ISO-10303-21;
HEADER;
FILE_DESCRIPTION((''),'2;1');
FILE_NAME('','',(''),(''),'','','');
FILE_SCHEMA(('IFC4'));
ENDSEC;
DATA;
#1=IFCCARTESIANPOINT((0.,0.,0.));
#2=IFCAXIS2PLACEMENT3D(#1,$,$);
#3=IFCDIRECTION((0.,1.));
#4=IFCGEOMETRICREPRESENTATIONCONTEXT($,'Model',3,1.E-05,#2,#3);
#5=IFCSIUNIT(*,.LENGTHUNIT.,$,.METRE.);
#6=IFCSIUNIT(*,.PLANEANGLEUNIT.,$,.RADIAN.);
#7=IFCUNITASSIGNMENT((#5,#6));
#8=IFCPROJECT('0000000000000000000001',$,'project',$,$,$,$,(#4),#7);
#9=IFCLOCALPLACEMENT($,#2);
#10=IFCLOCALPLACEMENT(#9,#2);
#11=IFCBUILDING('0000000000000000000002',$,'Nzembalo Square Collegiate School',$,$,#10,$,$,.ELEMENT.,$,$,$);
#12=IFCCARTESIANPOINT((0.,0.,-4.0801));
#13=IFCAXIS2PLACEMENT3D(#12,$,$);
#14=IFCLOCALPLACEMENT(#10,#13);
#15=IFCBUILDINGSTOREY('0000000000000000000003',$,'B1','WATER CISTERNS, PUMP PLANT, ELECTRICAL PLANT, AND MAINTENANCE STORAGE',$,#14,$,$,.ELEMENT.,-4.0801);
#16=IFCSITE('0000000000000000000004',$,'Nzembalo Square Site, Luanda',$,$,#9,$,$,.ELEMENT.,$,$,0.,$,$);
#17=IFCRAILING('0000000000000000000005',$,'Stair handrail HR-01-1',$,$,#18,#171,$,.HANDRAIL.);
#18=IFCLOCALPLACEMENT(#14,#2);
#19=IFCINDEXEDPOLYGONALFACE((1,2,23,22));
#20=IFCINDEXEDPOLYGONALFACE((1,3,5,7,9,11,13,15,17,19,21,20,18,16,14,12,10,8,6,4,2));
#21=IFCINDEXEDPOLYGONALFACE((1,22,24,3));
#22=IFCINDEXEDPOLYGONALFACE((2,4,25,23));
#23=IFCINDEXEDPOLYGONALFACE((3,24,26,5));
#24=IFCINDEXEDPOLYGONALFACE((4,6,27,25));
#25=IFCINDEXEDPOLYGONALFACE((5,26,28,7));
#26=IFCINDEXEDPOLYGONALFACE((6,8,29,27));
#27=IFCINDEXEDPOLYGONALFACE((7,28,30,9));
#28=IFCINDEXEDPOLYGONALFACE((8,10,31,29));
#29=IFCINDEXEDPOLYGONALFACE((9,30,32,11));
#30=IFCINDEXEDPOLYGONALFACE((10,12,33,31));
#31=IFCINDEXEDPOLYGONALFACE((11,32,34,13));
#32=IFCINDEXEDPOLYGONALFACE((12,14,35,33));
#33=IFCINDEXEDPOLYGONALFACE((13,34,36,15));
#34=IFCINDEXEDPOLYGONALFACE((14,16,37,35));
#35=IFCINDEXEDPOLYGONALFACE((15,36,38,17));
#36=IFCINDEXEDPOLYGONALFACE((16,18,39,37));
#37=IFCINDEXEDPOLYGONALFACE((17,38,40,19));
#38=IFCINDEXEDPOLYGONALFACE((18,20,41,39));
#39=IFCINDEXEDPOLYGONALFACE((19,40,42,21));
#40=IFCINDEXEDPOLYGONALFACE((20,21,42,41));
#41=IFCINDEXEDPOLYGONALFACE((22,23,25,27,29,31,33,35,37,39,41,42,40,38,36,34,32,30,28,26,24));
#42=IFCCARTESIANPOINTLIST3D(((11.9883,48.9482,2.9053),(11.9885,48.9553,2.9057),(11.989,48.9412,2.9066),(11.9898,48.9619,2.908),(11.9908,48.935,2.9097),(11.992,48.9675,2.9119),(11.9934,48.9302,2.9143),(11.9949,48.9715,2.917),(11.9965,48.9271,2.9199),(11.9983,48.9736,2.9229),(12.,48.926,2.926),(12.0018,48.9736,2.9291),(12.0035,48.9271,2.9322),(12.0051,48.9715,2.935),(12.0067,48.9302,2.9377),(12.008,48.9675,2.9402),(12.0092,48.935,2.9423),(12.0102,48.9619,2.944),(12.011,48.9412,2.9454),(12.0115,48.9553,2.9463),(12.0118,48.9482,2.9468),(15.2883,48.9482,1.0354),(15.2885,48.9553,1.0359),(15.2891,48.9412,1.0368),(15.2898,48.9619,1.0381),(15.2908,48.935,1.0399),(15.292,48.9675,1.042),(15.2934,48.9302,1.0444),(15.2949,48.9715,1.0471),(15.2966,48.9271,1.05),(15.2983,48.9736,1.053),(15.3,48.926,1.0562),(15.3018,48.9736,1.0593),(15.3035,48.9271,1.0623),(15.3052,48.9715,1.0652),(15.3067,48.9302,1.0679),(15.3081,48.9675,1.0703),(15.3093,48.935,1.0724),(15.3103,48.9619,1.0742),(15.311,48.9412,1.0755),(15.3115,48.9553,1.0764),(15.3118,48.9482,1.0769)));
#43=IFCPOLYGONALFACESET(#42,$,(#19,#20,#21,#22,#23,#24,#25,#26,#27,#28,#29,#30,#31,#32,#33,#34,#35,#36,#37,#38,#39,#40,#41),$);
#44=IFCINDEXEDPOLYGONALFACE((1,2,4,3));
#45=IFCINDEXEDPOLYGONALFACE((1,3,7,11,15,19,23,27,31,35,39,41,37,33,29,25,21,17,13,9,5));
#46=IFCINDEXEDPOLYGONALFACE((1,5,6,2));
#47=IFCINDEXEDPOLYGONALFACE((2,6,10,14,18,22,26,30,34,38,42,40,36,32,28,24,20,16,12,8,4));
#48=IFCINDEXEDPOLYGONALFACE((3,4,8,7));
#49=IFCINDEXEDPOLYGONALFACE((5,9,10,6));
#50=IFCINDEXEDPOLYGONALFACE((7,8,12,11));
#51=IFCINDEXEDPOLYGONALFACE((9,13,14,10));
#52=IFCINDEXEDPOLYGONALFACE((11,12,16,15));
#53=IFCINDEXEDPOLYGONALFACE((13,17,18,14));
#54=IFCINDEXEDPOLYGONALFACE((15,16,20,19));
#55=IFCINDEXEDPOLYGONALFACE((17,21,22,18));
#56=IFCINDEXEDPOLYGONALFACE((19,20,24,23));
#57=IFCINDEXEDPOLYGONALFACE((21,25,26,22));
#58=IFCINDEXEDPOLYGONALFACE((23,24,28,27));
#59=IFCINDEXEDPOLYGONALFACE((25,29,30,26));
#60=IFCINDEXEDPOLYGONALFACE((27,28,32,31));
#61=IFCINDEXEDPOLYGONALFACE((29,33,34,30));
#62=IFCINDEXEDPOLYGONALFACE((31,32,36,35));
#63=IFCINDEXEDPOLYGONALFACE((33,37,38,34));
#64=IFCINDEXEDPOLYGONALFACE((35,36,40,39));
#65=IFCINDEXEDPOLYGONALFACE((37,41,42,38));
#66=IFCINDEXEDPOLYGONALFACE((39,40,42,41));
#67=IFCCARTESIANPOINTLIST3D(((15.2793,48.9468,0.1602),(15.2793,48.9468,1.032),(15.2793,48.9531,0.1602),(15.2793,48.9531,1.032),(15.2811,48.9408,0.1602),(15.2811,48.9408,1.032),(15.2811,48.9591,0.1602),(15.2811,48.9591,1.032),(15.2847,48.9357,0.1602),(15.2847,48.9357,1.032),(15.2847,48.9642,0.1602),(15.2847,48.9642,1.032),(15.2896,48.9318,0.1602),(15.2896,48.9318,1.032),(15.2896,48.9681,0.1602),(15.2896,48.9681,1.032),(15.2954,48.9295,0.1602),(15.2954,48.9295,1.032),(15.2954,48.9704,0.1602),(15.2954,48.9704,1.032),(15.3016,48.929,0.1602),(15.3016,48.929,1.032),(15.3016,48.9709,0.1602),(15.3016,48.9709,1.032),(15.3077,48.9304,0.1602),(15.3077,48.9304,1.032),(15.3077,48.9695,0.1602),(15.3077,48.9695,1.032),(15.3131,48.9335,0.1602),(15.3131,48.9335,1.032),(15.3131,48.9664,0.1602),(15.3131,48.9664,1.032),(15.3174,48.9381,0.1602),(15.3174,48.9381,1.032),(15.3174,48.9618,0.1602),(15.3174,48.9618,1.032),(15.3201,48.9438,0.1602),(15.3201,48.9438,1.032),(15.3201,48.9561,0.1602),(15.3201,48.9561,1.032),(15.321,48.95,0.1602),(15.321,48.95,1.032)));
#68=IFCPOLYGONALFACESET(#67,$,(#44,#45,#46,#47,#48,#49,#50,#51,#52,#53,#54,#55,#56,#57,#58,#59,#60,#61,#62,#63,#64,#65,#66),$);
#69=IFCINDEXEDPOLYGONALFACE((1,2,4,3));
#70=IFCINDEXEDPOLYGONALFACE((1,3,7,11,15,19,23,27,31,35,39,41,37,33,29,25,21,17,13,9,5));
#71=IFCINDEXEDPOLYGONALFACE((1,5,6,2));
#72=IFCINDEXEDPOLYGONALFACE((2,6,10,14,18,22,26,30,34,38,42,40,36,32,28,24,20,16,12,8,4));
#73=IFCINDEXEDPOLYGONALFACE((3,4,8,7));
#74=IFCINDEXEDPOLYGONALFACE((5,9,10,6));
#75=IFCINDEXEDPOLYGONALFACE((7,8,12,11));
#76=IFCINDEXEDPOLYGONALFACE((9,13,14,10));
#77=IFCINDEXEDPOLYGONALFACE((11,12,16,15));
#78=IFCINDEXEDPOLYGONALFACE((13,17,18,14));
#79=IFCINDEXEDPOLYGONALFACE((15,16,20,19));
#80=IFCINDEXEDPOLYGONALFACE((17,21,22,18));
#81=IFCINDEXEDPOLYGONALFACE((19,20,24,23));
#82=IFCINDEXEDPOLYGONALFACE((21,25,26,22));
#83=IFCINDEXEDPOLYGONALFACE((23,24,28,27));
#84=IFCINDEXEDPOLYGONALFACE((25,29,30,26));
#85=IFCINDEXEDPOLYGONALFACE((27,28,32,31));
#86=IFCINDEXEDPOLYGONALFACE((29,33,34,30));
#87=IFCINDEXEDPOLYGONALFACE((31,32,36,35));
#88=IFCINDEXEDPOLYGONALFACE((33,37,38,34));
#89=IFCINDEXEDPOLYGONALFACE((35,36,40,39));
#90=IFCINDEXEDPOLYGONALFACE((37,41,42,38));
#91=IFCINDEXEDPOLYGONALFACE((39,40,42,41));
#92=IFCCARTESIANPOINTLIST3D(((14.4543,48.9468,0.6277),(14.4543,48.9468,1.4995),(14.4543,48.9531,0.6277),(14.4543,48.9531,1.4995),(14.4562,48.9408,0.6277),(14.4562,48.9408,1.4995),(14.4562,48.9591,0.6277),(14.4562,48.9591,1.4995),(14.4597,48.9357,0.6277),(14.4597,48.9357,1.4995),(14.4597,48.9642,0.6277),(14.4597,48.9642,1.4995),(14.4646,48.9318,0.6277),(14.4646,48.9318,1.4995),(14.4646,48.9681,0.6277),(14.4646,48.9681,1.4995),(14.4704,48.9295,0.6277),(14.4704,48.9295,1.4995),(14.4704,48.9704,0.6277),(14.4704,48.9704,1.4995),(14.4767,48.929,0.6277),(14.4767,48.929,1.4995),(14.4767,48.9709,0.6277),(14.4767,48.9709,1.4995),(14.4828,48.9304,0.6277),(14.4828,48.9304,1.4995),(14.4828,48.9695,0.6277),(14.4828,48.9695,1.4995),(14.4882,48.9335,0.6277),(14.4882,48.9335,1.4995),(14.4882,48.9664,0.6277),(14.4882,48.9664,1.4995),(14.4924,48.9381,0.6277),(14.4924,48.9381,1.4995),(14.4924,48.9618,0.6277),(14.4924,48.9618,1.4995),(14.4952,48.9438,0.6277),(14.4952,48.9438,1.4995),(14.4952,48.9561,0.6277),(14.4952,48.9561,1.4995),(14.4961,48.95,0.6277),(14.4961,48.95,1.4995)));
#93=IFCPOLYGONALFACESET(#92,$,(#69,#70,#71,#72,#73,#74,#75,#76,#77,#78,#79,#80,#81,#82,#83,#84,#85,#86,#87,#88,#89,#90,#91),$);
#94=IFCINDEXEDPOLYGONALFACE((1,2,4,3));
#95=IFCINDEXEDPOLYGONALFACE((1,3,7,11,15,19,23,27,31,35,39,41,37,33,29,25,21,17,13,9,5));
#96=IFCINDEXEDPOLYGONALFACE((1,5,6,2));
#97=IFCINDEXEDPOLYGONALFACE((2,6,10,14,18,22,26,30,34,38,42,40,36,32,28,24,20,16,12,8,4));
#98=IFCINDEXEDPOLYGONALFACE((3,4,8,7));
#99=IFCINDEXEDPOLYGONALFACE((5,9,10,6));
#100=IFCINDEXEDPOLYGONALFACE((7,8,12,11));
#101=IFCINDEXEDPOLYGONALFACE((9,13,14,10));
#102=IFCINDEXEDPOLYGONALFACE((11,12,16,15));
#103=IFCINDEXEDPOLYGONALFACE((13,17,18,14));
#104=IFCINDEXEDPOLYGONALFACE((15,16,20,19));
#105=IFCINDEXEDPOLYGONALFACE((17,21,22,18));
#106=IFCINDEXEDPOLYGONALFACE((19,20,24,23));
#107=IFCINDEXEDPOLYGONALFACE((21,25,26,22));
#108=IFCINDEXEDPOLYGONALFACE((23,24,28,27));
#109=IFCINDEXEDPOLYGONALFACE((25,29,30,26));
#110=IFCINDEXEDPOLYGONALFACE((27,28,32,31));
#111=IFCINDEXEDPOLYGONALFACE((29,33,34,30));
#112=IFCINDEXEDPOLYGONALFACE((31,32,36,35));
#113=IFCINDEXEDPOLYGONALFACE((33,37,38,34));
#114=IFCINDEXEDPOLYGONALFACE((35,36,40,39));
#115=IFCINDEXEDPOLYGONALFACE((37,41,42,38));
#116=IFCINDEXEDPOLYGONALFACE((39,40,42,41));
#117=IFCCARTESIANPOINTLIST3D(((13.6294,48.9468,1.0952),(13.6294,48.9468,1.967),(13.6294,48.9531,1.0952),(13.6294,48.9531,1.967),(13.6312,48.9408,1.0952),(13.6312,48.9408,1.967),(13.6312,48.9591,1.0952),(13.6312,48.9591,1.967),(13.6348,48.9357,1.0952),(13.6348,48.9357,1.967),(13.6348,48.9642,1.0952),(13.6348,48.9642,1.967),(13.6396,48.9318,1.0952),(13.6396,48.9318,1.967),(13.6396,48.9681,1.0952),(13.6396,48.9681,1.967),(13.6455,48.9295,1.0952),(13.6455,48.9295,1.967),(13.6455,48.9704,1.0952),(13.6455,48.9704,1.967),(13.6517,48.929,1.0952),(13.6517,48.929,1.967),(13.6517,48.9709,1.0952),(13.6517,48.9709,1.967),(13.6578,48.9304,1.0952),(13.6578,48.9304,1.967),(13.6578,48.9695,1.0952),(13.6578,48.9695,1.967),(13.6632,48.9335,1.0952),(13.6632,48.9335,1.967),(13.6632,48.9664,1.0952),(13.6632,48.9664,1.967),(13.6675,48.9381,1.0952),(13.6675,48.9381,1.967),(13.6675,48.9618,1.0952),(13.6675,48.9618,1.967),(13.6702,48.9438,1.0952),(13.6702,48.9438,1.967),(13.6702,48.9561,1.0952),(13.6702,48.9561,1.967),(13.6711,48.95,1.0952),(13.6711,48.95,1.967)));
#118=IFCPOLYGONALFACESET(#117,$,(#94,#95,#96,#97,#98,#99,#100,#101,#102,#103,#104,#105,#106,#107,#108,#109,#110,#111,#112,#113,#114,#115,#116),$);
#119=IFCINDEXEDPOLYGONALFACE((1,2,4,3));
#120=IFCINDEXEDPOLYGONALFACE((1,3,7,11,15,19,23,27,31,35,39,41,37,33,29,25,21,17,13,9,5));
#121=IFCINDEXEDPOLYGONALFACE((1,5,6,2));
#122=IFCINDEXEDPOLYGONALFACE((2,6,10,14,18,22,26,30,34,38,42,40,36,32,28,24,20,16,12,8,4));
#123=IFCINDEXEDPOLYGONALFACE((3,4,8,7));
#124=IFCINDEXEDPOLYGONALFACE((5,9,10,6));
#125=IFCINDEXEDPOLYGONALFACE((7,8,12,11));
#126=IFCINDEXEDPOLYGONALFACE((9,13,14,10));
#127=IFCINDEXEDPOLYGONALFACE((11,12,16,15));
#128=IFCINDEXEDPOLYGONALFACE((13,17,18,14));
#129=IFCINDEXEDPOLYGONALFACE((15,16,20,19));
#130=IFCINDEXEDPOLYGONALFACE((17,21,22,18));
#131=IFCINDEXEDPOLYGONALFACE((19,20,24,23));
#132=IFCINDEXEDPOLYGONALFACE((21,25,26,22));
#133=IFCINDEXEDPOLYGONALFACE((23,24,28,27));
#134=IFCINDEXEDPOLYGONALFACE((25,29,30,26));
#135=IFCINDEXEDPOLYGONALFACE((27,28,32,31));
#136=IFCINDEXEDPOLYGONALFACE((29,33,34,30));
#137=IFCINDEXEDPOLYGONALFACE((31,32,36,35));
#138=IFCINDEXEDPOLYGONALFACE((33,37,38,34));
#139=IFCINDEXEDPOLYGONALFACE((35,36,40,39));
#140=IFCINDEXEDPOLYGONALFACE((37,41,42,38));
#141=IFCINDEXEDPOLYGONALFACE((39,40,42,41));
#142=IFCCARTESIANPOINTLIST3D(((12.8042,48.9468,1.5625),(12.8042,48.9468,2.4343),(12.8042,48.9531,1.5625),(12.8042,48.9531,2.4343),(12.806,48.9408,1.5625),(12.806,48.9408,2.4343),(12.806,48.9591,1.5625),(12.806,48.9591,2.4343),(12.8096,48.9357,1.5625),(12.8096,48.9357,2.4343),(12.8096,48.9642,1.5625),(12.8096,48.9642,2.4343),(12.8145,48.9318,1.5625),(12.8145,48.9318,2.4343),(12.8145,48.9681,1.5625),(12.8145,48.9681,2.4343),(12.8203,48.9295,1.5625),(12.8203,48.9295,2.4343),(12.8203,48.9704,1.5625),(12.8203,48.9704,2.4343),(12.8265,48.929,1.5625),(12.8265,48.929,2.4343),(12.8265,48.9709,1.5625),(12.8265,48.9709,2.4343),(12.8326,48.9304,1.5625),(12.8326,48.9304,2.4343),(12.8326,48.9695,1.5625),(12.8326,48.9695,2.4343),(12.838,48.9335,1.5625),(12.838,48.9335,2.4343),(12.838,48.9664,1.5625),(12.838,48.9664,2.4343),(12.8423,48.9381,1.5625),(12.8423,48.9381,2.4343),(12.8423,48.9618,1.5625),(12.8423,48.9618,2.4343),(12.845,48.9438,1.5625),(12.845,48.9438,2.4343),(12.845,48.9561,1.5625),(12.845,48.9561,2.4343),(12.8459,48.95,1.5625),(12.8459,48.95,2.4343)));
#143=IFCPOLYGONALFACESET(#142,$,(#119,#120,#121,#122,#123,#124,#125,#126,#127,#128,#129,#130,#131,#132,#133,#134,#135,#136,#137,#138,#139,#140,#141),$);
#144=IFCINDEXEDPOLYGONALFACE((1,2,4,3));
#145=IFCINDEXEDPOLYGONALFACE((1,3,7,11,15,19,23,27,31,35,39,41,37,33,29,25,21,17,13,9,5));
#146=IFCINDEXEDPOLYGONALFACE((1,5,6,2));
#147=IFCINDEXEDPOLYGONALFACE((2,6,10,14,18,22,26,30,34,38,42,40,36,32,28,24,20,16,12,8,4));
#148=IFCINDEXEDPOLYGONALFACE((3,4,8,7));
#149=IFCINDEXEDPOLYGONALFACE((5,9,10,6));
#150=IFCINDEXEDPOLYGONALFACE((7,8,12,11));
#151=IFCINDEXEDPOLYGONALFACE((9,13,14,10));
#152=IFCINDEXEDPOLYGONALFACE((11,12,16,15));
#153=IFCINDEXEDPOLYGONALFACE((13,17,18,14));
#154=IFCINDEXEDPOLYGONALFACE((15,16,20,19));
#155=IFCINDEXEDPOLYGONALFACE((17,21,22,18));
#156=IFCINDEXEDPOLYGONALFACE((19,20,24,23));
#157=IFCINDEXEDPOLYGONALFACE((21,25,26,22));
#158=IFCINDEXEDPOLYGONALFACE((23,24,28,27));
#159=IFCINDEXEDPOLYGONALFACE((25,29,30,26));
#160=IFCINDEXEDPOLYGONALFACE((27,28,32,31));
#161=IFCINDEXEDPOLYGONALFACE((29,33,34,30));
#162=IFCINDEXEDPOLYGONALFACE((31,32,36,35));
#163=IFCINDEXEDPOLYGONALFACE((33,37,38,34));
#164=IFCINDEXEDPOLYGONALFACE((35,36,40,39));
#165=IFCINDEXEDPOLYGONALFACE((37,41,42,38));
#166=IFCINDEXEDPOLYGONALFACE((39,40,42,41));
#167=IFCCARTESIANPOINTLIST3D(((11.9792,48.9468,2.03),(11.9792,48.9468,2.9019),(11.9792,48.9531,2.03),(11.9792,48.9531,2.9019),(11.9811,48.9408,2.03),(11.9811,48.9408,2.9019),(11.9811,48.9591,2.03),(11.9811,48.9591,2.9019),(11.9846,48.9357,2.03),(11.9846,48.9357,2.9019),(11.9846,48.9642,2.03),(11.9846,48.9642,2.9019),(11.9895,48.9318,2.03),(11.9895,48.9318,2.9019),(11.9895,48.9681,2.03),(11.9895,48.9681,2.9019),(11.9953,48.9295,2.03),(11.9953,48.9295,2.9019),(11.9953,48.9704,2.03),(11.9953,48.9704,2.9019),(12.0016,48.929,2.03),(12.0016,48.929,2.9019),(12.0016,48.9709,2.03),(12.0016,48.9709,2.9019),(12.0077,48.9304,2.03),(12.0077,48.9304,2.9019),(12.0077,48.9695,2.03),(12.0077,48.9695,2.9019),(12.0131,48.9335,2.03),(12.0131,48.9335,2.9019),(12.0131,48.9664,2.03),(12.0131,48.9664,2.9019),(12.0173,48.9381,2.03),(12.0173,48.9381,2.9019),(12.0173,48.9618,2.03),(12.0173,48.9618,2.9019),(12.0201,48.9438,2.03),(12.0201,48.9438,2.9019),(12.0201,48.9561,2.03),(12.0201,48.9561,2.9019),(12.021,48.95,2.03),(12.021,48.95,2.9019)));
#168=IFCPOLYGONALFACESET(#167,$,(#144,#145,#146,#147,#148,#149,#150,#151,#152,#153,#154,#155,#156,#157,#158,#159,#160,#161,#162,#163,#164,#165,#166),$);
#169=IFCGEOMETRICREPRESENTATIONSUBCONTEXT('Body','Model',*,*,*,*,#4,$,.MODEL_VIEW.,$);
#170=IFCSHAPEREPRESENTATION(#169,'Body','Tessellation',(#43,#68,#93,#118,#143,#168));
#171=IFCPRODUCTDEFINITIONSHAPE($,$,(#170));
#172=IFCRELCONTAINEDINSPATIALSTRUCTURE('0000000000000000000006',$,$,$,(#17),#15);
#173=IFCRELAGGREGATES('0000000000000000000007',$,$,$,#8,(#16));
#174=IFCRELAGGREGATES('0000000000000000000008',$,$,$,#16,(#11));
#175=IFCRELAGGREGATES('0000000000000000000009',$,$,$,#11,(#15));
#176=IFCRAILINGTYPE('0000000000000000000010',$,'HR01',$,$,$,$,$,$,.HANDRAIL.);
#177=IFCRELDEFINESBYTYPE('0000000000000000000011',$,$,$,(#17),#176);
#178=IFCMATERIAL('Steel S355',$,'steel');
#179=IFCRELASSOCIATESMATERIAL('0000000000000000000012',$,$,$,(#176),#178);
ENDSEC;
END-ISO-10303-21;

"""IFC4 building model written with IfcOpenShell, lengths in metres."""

from ifc_helpers import new_model, si_unit, direction, frame, origin, origin_2d, place, context, subcontext, project, spatial, circle, extrude, material, type_object, element, save


model = new_model("IFC4")

# Units and contexts
model_context = context("Model", 3, precision=1e-05, world=origin(), true_north=direction((0.0, 1.0)))
body_context = subcontext(model_context, "Body", "Model", "MODEL_VIEW")
ifc_project = project(units=[si_unit("LENGTHUNIT", "METRE"), si_unit("PLANEANGLEUNIT", "RADIAN")], contexts=[model_context])

# Site, building, storey
site_placement = place(None, origin())
site = spatial("IfcSite", under=ifc_project, at=site_placement, Name="Nzembalo Square Site, Luanda", CompositionType="ELEMENT", RefElevation=0.0)
building_placement = place(site_placement, origin())
building = spatial("IfcBuilding", under=site, at=building_placement, Name="Nzembalo Square Collegiate School", CompositionType="ELEMENT")
storey_placement = place(building_placement, frame((0.0, 0.0, -4.0801)))
storey = spatial("IfcBuildingStorey", under=building, at=storey_placement, Name="B1", Description="WATER CISTERNS, PUMP PLANT, ELECTRICAL PLANT, AND MAINTENANCE STORAGE", CompositionType="ELEMENT", Elevation=-4.0801)

# Railing
ifc_material_1 = material(Name="Steel S355", Category="steel")
railing_type = type_object("IfcRailingType", Name="HR01", PredefinedType="HANDRAIL", material=ifc_material_1)
railing_placement = place(storey_placement, frame((15.3, 48.95, 0.1602)))
element("IfcRailing", 1, at=railing_placement, inside=storey, type_object=railing_type, Name="Stair handrail HR-01-1", PredefinedType="HANDRAIL", context=body_context, shape_type="SweptSolid", body=[
    extrude(circle(Radius=0.0239, at=origin_2d()), frame((0.0, 0.0, 0.896), z_axis=(-0.87004, 0.0, 0.492982), x_axis=(0.0, -1.0, 0.0)), (0.0, 0.0, 1.0), 3.793),
    extrude(circle(Radius=0.021, at=origin_2d()), origin(), (0.0, 0.0, 1.0), 0.8718),
    extrude(circle(Radius=0.021, at=origin_2d()), frame((-0.825, 0.0, 0.4675)), (0.0, 0.0, 1.0), 0.8718),
    extrude(circle(Radius=0.021, at=origin_2d()), frame((-1.6499, 0.0, 0.9351)), (0.0, 0.0, 1.0), 0.8718),
    extrude(circle(Radius=0.021, at=origin_2d()), frame((-2.4751, 0.0, 1.4023)), (0.0, 0.0, 1.0), 0.8718),
    extrude(circle(Radius=0.021, at=origin_2d()), frame((-3.3, 0.0, 1.8699)), (0.0, 0.0, 1.0), 0.8718),
])

save(model, "model.ifc")
